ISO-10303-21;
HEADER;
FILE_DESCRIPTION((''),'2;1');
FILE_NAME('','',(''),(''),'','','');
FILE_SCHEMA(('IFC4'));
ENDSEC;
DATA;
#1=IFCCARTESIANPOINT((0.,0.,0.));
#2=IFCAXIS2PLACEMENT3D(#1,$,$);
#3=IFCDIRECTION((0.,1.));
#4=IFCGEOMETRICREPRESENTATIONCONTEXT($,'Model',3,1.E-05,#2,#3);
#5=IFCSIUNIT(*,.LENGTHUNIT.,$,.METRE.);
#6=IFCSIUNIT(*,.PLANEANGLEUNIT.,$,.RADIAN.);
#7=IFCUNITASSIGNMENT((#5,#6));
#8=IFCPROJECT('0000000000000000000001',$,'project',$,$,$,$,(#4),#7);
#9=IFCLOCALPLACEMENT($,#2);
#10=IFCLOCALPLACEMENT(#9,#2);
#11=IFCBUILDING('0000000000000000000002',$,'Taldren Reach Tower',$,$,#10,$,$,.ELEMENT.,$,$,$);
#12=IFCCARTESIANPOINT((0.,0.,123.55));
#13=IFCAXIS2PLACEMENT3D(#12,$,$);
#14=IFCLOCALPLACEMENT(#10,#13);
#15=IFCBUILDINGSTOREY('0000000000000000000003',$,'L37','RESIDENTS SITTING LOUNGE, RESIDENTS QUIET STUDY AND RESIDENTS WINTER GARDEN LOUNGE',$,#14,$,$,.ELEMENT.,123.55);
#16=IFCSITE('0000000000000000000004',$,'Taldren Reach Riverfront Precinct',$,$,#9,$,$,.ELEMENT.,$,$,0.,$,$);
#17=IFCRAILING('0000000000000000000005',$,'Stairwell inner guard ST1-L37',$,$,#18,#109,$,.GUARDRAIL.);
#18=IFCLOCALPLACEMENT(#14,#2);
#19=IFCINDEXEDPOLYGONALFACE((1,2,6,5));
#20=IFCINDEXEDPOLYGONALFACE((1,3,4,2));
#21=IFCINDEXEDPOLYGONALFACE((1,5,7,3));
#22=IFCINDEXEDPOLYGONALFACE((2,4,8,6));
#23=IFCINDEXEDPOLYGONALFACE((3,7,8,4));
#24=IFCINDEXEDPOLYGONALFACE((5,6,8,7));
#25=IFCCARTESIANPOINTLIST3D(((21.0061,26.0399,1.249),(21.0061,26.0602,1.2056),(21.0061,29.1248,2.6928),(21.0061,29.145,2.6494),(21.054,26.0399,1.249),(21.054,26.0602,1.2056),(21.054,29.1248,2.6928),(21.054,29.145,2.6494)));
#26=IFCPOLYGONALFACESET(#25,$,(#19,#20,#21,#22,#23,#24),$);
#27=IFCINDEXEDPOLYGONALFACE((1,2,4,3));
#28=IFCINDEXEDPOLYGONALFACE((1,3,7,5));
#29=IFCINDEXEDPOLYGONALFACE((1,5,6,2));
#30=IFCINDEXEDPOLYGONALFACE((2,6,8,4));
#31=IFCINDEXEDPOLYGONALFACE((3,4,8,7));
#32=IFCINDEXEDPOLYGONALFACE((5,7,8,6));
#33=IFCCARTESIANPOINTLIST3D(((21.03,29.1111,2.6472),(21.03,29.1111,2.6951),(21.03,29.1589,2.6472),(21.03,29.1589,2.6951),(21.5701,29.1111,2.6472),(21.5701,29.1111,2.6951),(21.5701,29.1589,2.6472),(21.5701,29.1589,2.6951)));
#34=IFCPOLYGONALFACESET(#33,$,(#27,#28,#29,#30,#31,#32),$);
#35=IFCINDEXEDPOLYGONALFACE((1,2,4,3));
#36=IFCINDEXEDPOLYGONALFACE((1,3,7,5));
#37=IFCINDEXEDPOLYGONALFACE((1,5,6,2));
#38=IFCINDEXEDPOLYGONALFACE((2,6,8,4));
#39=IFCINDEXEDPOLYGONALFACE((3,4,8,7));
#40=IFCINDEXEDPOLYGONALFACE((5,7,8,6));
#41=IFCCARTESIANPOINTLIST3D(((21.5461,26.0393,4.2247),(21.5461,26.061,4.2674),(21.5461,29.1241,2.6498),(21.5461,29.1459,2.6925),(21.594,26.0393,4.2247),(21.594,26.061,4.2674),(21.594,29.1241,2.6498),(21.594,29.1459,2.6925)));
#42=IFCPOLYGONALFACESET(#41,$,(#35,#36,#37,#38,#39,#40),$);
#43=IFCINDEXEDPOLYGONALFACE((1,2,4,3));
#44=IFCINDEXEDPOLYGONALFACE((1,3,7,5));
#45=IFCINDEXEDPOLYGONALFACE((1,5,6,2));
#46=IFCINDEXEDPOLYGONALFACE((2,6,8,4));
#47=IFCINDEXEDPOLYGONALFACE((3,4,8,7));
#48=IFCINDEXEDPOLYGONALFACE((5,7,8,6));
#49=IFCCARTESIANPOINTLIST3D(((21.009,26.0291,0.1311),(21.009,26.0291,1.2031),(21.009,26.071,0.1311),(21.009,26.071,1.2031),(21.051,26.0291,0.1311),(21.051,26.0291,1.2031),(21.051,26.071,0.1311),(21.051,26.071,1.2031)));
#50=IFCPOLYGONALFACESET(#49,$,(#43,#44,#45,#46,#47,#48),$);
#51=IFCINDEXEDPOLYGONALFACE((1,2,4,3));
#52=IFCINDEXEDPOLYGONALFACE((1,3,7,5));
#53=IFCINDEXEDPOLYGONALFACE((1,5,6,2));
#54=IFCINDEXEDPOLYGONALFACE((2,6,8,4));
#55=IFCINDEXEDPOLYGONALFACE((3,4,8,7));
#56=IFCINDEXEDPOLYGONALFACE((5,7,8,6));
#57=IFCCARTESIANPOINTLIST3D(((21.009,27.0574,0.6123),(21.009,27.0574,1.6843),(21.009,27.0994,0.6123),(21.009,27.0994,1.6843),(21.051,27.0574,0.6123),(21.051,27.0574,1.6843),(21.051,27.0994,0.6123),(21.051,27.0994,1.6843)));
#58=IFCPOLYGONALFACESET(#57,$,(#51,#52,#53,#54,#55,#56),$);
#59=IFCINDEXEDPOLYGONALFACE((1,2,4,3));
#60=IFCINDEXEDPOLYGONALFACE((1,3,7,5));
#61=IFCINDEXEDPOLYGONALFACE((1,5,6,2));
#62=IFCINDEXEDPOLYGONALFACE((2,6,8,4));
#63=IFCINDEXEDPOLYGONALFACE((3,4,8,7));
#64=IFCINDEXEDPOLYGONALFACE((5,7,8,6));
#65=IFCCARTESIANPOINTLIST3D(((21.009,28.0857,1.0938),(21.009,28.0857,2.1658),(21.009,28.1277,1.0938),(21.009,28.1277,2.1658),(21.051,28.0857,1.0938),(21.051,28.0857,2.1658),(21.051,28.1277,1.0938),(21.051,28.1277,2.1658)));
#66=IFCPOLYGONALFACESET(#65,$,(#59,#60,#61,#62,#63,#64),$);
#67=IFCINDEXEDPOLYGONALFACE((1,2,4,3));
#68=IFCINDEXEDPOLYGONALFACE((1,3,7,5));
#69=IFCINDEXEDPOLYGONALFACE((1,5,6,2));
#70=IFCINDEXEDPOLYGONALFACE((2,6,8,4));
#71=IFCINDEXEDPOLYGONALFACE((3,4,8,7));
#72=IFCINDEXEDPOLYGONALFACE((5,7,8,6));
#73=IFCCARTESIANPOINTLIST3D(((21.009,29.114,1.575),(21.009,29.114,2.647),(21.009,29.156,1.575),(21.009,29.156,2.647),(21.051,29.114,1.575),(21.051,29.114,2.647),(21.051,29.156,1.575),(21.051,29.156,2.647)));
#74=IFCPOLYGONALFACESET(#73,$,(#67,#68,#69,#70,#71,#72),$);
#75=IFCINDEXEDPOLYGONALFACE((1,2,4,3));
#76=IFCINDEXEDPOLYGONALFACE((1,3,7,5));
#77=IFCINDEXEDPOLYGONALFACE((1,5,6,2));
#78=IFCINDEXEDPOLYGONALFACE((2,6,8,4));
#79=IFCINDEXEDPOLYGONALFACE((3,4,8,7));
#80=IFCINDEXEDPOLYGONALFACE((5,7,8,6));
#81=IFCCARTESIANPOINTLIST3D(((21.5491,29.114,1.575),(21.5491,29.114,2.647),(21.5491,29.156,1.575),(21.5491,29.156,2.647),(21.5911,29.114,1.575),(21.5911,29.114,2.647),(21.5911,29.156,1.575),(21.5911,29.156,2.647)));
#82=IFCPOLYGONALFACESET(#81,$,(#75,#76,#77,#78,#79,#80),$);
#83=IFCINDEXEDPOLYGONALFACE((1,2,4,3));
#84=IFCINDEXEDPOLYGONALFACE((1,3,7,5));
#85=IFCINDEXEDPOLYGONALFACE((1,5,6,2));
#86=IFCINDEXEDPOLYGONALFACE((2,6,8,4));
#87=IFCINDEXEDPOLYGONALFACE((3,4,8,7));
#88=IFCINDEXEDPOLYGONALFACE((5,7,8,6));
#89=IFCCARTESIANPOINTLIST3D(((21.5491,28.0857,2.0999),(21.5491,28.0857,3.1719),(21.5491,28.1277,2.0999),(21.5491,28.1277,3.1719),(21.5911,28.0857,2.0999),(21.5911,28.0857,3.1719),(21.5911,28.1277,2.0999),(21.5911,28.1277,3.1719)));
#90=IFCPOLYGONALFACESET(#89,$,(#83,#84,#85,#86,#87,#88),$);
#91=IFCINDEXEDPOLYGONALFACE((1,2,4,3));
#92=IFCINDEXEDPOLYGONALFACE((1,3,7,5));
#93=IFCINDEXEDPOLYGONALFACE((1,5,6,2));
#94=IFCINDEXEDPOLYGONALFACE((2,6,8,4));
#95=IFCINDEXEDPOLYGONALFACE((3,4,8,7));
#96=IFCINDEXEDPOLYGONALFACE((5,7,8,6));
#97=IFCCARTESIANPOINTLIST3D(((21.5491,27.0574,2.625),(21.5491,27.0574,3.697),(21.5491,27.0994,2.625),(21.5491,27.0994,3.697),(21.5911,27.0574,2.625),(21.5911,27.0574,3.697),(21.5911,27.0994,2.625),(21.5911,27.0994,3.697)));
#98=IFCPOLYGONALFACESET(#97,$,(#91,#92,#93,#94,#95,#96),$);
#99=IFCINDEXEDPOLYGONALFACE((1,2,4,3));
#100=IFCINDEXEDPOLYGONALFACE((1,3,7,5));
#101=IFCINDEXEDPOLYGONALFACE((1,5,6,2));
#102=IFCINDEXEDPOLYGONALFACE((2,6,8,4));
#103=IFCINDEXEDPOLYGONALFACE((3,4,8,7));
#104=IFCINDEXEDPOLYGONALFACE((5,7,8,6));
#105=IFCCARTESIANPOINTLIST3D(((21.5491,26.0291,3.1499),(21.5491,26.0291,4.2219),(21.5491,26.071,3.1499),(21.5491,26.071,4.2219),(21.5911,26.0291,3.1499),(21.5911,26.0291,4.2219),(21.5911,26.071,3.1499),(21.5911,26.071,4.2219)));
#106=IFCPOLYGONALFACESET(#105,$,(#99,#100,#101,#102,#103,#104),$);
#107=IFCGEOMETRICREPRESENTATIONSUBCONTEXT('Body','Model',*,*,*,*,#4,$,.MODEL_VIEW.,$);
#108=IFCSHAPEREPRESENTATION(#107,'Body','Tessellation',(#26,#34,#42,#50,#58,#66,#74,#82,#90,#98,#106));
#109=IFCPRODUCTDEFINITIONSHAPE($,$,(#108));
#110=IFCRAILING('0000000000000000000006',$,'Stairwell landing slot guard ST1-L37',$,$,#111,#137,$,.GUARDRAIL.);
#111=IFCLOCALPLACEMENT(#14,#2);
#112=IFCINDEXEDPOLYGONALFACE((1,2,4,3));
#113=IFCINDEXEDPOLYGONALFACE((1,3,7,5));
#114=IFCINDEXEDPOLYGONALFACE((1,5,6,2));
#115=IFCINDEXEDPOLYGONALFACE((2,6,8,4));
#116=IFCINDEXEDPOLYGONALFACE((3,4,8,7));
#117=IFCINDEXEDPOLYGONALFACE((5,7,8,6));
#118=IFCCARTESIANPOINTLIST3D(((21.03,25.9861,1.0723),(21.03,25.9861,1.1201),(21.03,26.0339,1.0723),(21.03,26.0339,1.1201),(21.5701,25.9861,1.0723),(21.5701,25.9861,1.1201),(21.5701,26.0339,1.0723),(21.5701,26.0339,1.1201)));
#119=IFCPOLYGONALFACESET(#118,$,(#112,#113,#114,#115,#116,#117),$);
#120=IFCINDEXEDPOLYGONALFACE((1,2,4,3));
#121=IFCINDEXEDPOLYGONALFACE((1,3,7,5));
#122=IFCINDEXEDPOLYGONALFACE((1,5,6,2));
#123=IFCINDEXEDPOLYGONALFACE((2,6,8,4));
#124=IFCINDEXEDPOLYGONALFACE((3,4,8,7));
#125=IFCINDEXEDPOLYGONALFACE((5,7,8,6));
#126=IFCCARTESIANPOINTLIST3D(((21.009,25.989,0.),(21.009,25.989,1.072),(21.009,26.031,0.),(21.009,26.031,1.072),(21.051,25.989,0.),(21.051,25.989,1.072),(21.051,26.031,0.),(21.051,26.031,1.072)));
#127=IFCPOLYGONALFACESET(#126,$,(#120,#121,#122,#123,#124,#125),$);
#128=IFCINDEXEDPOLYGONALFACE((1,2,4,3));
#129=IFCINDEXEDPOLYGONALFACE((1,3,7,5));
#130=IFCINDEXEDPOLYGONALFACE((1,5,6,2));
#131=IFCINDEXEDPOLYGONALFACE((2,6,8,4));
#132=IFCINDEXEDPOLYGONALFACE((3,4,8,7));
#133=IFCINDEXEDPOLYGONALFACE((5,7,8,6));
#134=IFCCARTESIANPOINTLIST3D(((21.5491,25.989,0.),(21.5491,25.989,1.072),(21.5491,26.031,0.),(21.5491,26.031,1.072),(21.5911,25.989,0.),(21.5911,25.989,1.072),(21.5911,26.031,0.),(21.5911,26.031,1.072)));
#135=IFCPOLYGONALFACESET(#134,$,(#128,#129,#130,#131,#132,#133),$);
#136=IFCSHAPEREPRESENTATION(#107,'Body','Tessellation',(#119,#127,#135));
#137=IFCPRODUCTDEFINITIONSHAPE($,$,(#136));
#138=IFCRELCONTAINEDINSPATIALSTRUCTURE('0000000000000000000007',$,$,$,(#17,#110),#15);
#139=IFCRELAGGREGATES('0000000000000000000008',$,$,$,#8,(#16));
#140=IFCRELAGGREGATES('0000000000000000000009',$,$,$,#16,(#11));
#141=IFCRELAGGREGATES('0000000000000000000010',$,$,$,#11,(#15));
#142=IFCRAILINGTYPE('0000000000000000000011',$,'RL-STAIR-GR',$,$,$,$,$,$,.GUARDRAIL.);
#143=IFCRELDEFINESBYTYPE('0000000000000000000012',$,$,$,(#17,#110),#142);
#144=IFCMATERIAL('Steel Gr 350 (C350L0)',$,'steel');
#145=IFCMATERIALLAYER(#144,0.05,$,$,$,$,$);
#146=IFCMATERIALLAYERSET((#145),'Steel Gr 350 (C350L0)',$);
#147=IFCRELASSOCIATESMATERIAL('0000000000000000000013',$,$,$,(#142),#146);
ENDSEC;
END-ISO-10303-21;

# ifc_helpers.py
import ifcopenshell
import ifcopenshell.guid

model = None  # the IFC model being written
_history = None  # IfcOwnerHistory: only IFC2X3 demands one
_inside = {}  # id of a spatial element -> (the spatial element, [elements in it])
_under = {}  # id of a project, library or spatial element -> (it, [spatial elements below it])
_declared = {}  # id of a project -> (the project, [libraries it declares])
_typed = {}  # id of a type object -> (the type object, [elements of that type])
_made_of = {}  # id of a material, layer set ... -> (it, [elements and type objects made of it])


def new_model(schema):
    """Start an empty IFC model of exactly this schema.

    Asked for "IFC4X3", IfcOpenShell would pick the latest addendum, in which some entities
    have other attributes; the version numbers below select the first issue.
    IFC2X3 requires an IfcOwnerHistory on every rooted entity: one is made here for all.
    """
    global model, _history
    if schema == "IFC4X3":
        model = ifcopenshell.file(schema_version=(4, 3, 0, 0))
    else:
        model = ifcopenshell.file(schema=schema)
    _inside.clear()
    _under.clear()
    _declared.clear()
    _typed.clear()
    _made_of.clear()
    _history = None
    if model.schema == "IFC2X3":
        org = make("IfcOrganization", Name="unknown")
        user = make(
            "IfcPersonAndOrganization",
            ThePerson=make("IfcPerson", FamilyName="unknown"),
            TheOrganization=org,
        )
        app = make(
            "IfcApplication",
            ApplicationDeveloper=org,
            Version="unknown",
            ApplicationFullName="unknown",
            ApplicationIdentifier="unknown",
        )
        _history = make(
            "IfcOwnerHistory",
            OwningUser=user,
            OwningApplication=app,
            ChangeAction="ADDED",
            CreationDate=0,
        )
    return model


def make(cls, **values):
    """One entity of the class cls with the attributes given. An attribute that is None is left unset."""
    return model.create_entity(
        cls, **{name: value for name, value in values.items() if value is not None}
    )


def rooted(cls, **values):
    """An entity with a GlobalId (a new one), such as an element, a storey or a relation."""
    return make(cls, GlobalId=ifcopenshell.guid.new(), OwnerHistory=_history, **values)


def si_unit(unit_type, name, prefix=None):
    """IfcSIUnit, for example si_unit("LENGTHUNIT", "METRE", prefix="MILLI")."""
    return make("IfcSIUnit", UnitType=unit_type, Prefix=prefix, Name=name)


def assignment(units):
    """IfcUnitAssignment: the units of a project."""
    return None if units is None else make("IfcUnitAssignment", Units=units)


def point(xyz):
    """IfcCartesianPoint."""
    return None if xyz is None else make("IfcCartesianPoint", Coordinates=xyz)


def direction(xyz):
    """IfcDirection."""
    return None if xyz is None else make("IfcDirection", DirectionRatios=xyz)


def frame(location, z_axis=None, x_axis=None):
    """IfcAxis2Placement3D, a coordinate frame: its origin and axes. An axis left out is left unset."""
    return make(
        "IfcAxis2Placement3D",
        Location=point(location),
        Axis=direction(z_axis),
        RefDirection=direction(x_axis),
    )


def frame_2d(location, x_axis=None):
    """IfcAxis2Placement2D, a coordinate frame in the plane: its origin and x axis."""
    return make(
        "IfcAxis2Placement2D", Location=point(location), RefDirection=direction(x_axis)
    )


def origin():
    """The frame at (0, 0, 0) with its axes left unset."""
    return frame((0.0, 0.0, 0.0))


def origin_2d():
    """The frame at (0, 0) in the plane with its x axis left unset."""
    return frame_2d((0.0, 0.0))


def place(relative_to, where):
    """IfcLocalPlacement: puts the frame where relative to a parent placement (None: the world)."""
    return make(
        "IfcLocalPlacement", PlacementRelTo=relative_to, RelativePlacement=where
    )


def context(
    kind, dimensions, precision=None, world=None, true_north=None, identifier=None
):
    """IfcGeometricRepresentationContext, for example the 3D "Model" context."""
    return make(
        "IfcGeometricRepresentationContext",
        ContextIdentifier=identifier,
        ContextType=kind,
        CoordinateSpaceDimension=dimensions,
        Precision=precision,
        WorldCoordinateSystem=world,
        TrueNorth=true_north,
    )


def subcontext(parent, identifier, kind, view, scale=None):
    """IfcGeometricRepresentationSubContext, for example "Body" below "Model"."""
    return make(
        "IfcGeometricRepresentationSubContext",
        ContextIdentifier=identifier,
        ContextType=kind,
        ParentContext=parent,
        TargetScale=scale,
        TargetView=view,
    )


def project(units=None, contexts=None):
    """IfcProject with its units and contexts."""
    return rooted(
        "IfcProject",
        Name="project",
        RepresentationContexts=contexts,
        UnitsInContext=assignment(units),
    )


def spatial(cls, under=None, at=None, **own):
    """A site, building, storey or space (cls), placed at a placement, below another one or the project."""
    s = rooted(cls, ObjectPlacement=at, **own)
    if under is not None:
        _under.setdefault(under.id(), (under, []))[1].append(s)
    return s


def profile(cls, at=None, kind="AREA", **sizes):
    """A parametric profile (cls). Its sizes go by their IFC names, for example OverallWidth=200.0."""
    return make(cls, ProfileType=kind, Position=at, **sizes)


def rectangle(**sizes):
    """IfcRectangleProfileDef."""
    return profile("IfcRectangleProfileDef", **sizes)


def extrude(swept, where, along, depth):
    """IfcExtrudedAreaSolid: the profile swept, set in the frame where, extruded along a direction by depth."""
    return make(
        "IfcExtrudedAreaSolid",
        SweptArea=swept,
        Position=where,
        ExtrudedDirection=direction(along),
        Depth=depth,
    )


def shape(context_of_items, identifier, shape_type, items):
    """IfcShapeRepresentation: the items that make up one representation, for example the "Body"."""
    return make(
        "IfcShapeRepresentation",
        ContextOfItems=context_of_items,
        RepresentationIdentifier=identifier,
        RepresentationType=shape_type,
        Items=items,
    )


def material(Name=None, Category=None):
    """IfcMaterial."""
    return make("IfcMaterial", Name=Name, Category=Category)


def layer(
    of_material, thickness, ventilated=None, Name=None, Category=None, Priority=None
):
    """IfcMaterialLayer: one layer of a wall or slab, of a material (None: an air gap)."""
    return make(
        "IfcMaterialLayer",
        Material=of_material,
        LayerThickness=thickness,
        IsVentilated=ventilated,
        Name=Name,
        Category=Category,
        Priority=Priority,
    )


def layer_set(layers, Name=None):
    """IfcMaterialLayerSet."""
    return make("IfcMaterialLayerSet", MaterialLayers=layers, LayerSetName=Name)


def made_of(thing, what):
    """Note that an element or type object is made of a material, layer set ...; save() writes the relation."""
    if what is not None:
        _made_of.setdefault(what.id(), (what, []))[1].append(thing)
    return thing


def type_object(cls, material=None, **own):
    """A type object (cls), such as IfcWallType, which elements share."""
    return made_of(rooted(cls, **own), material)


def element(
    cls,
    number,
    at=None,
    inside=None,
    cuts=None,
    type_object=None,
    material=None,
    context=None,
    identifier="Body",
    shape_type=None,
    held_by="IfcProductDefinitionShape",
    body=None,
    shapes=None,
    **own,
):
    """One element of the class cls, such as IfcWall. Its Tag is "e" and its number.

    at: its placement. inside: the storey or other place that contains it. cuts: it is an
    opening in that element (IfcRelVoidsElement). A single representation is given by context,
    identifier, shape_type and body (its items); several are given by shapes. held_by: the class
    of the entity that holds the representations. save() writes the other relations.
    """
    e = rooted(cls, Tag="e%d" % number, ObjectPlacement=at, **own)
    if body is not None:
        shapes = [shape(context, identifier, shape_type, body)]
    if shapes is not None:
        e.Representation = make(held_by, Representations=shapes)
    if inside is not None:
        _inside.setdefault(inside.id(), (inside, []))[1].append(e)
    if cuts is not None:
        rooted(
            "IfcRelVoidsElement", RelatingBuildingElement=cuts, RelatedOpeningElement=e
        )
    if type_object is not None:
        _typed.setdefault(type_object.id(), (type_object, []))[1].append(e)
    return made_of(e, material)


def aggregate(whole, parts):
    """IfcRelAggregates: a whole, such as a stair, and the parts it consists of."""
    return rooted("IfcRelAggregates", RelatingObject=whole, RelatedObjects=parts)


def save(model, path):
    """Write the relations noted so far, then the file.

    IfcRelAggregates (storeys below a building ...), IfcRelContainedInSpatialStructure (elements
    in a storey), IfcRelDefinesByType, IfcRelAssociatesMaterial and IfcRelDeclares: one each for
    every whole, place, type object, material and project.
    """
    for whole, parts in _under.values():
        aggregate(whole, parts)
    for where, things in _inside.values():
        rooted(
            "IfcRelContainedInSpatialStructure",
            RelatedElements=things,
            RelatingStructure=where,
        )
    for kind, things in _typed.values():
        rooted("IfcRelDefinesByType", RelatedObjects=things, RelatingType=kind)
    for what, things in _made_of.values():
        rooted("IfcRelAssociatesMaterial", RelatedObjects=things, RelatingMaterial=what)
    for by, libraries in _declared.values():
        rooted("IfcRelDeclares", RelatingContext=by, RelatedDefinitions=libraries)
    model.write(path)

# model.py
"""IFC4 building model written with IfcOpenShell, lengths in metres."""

from ifc_helpers import new_model, si_unit, direction, frame, origin, origin_2d, place, context, subcontext, project, spatial, rectangle, extrude, material, layer, layer_set, type_object, element, save


model = new_model("IFC4")

# Units and contexts
model_context = context("Model", 3, precision=1e-05, world=origin(), true_north=direction((0.0, 1.0)))
body_context = subcontext(model_context, "Body", "Model", "MODEL_VIEW")
ifc_project = project(units=[si_unit("LENGTHUNIT", "METRE"), si_unit("PLANEANGLEUNIT", "RADIAN")], contexts=[model_context])

# Site, building, storey
site_placement = place(None, origin())
site = spatial("IfcSite", under=ifc_project, at=site_placement, Name="Taldren Reach Riverfront Precinct", CompositionType="ELEMENT", RefElevation=0.0)
building_placement = place(site_placement, origin())
building = spatial("IfcBuilding", under=site, at=building_placement, Name="Taldren Reach Tower", CompositionType="ELEMENT")
storey_placement = place(building_placement, frame((0.0, 0.0, 123.55)))
storey = spatial("IfcBuildingStorey", under=building, at=storey_placement, Name="L37", Description="RESIDENTS SITTING LOUNGE, RESIDENTS QUIET STUDY AND RESIDENTS WINTER GARDEN LOUNGE", CompositionType="ELEMENT", Elevation=123.55)

# Shared definitions
ifc_material_1 = material(Name="Steel Gr 350 (C350L0)", Category="steel")

# Railings
ifc_layer_1 = layer(ifc_material_1, 0.05)
ifc_layer_set_1 = layer_set([ifc_layer_1], Name="Steel Gr 350 (C350L0)")
railing_type_1 = type_object("IfcRailingType", Name="RL-STAIR-GR", PredefinedType="GUARDRAIL", material=ifc_layer_set_1)
railing_1_placement = place(storey_placement, frame((21.03, 26.05, 0.1311)))
element("IfcRailing", 1, at=railing_1_placement, inside=storey, type_object=railing_type_1, Name="Stairwell inner guard ST1-L37", PredefinedType="GUARDRAIL", context=body_context, shape_type="SweptSolid", body=[
    extrude(rectangle(XDim=0.0479, YDim=0.0479, at=origin_2d()), frame((0.0, 0.0, 1.0962), z_axis=(0.0, 0.90571, 0.423898), x_axis=(-1.0, 0.0, 0.0)), (0.0, 0.0, 1.0), 3.406),
    extrude(rectangle(XDim=0.0479, YDim=0.0479, at=origin_2d()), frame((0.0, 3.085, 2.54), z_axis=(1.0, 0.0, 0.0), x_axis=(0.0, 1.0, 0.0)), (0.0, 0.0, 1.0), 0.54),
    extrude(rectangle(XDim=0.0479, YDim=0.0479, at=origin_2d()), frame((0.54, 3.085, 2.54), z_axis=(0.0, -0.890646, 0.454697), x_axis=(1.0, 0.0, 0.0)), (0.0, 0.0, 1.0), 3.4636),
    extrude(rectangle(XDim=0.042, YDim=0.042, at=origin_2d()), origin(), (0.0, 0.0, 1.0), 1.072),
    extrude(rectangle(XDim=0.042, YDim=0.042, at=origin_2d()), frame((0.0, 1.0283, 0.4812)), (0.0, 0.0, 1.0), 1.072),
    extrude(rectangle(XDim=0.042, YDim=0.042, at=origin_2d()), frame((0.0, 2.0566, 0.9626)), (0.0, 0.0, 1.0), 1.072),
    extrude(rectangle(XDim=0.042, YDim=0.042, at=origin_2d()), frame((0.0, 3.085, 1.4438)), (0.0, 0.0, 1.0), 1.072),
    extrude(rectangle(XDim=0.042, YDim=0.042, at=origin_2d()), frame((0.54, 3.085, 1.4438)), (0.0, 0.0, 1.0), 1.072),
    extrude(rectangle(XDim=0.042, YDim=0.042, at=origin_2d()), frame((0.54, 2.0566, 1.9688)), (0.0, 0.0, 1.0), 1.072),
    extrude(rectangle(XDim=0.042, YDim=0.042, at=origin_2d()), frame((0.54, 1.0283, 2.4939)), (0.0, 0.0, 1.0), 1.072),
    extrude(rectangle(XDim=0.042, YDim=0.042, at=origin_2d()), frame((0.54, 0.0, 3.0188)), (0.0, 0.0, 1.0), 1.072),
])
railing_2_placement = place(storey_placement, frame((21.03, 26.01, 0.0)))
element("IfcRailing", 2, at=railing_2_placement, inside=storey, type_object=railing_type_1, Name="Stairwell landing slot guard ST1-L37", PredefinedType="GUARDRAIL", context=body_context, shape_type="SweptSolid", body=[
    extrude(rectangle(XDim=0.0479, YDim=0.0479, at=origin_2d()), frame((0.0, 0.0, 1.0962), z_axis=(1.0, 0.0, 0.0), x_axis=(0.0, 1.0, 0.0)), (0.0, 0.0, 1.0), 0.54),
    extrude(rectangle(XDim=0.042, YDim=0.042, at=origin_2d()), origin(), (0.0, 0.0, 1.0), 1.072),
    extrude(rectangle(XDim=0.042, YDim=0.042, at=origin_2d()), frame((0.54, 0.0, 0.0)), (0.0, 0.0, 1.0), 1.072),
])

save(model, "model.ifc")
